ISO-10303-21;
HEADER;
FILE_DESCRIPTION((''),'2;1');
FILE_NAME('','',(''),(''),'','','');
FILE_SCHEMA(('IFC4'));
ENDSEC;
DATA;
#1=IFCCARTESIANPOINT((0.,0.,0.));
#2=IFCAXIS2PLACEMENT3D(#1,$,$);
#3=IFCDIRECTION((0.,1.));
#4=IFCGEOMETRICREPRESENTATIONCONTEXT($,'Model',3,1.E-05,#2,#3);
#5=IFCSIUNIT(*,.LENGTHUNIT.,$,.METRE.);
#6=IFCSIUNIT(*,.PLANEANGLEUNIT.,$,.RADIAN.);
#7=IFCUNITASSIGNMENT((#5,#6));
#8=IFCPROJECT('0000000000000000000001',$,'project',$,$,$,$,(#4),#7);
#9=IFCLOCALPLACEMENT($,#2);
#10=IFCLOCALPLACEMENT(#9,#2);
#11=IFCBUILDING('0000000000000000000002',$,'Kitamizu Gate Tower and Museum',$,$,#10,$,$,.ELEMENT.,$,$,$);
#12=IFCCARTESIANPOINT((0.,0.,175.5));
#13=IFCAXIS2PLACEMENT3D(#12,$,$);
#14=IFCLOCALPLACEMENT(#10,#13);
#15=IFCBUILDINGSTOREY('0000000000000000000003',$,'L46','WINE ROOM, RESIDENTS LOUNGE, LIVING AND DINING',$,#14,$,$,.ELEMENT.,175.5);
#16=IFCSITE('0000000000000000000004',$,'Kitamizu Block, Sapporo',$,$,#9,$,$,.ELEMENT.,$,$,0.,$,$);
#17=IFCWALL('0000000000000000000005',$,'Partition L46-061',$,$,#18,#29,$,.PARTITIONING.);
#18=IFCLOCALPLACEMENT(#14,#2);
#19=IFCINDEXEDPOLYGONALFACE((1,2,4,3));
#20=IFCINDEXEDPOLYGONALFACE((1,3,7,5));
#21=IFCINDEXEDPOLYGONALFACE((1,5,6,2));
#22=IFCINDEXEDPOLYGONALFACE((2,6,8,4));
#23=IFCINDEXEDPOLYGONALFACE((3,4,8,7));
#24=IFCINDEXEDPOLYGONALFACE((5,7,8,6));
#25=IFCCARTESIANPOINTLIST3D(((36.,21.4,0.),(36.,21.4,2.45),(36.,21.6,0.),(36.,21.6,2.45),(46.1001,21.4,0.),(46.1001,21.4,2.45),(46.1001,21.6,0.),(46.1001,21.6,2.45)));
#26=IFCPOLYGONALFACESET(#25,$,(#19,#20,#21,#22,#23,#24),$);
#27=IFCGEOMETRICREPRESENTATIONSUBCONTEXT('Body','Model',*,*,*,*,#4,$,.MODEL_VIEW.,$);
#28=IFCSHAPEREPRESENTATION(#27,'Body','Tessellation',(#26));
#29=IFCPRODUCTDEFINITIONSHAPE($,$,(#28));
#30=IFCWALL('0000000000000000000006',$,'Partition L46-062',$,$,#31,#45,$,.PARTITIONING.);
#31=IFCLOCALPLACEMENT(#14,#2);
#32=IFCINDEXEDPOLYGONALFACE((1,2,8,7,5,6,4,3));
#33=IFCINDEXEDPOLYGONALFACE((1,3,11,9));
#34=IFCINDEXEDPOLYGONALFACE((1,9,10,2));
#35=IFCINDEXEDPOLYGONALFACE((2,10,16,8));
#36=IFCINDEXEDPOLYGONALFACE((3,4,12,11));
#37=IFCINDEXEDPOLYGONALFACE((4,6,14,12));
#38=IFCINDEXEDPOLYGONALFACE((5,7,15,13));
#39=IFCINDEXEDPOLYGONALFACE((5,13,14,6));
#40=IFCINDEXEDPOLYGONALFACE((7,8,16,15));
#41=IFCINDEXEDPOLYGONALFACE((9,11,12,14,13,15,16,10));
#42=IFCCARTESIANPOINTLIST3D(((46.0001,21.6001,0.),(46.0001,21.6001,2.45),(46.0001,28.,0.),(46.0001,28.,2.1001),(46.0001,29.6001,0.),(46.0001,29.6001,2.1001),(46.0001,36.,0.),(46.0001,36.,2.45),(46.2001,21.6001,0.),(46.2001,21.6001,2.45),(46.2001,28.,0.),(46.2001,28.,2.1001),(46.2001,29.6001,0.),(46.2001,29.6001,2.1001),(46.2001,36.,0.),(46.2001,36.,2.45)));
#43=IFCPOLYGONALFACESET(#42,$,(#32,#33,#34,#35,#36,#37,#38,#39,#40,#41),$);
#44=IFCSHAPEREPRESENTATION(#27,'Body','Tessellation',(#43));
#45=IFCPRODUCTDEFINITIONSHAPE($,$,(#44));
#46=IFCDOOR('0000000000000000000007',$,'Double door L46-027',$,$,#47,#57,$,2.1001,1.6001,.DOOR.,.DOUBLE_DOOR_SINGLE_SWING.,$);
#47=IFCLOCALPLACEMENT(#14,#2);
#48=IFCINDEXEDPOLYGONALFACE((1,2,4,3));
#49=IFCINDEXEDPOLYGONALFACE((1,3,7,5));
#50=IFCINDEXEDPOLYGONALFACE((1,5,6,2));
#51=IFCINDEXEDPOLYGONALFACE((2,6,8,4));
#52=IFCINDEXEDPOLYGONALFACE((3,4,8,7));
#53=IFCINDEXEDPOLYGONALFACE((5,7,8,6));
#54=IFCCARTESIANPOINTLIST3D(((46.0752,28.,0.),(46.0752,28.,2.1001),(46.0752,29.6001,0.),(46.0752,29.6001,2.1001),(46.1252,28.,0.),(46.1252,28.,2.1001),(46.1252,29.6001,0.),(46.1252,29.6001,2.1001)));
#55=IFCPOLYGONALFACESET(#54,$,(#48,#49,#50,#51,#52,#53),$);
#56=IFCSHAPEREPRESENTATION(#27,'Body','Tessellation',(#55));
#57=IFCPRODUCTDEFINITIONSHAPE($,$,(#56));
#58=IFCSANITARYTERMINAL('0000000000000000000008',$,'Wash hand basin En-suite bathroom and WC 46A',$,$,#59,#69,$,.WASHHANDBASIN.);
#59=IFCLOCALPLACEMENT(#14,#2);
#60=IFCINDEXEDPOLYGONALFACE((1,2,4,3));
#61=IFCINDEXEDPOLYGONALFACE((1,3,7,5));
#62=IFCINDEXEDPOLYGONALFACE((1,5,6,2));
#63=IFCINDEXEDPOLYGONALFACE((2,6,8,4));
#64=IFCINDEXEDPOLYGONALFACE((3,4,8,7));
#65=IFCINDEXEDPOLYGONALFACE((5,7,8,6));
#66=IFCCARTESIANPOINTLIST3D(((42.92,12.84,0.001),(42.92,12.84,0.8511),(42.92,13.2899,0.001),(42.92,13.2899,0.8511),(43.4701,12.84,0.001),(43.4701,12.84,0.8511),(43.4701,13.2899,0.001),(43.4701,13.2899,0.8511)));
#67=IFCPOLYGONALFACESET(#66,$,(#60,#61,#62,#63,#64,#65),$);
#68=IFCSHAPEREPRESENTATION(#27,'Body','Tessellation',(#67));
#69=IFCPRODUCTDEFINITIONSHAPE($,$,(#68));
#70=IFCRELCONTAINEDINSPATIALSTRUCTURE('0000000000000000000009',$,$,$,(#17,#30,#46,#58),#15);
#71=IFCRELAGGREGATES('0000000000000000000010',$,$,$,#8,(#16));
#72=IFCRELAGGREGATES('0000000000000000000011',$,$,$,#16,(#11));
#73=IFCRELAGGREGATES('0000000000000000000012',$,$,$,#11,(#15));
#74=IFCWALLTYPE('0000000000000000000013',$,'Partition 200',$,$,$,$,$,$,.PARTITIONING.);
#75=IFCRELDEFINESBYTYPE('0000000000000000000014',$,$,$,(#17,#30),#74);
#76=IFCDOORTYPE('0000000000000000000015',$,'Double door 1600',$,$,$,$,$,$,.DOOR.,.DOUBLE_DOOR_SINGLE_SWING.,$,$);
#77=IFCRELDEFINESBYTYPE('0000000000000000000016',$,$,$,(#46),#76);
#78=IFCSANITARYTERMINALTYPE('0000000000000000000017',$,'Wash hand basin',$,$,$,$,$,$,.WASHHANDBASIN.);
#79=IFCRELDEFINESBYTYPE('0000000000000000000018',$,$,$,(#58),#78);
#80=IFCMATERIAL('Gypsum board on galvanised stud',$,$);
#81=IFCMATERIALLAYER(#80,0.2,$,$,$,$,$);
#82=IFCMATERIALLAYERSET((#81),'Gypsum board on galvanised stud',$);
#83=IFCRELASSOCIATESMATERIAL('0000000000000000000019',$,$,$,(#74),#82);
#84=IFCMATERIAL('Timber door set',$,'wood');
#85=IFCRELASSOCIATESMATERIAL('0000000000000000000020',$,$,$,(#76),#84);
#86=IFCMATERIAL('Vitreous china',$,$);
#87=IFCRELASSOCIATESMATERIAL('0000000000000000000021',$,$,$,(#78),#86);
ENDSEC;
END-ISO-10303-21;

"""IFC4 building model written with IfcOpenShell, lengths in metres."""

from ifc_helpers import new_model, si_unit, direction, frame, frame_2d, origin, origin_2d, place, context, subcontext, project, spatial, rectangle, extrude, material, layer, layer_set, type_object, element, fill, save


model = new_model("IFC4")

# Units and contexts
model_context = context("Model", 3, precision=1e-05, world=origin(), true_north=direction((0.0, 1.0)))
body_context = subcontext(model_context, "Body", "Model", "MODEL_VIEW")
ifc_project = project(units=[si_unit("LENGTHUNIT", "METRE"), si_unit("PLANEANGLEUNIT", "RADIAN")], contexts=[model_context])

# Site, building, storey
site_placement = place(None, origin())
site = spatial("IfcSite", under=ifc_project, at=site_placement, Name="Kitamizu Block, Sapporo", CompositionType="ELEMENT", RefElevation=0.0)
building_placement = place(site_placement, origin())
building = spatial("IfcBuilding", under=site, at=building_placement, Name="Kitamizu Gate Tower and Museum", CompositionType="ELEMENT")
storey_placement = place(building_placement, frame((0.0, 0.0, 175.5)))
storey = spatial("IfcBuildingStorey", under=building, at=storey_placement, Name="L46", Description="WINE ROOM, RESIDENTS LOUNGE, LIVING AND DINING", CompositionType="ELEMENT", Elevation=175.5)

# Wall
ifc_material_1 = material(Name="Gypsum board on galvanised stud")
ifc_layer_1 = layer(ifc_material_1, 0.2)
ifc_layer_set_1 = layer_set([ifc_layer_1], Name="Gypsum board on galvanised stud")
wall_type_1 = type_object("IfcWallType", Name="Partition 200", PredefinedType="PARTITIONING", material=ifc_layer_set_1)
wall_1_placement = place(storey_placement, frame((36.0, 21.5, 0.0), z_axis=(0.0, 0.0, 1.0), x_axis=(1.0, 0.0, 0.0)))
element("IfcWall", 1, at=wall_1_placement, inside=storey, type_object=wall_type_1, Name="Partition L46-061", PredefinedType="PARTITIONING", context=body_context, shape_type="SweptSolid", body=[
    extrude(rectangle(XDim=10.1001, YDim=0.2, at=frame_2d((5.05, 0.0))), origin(), (0.0, 0.0, 1.0), 2.45),
])

# Wall, opening, door
wall_2_placement = place(storey_placement, frame((46.1001, 21.6001, 0.0), z_axis=(0.0, 0.0, 1.0), x_axis=(0.0, 1.0, 0.0)))
wall_2 = element("IfcWall", 2, at=wall_2_placement, inside=storey, type_object=wall_type_1, Name="Partition L46-062", PredefinedType="PARTITIONING", context=body_context, shape_type="SweptSolid", body=[
    extrude(rectangle(XDim=14.3999, YDim=0.2, at=frame_2d((7.2, 0.0))), origin(), (0.0, 0.0, 1.0), 2.45),
])
opening_1_placement = place(wall_2_placement, frame((6.3999, 0.0, 0.0)))
opening_1 = element("IfcOpeningElement", 3, at=opening_1_placement, cuts=wall_2, PredefinedType="OPENING", context=body_context, shape_type="SweptSolid", body=[
    extrude(rectangle(XDim=1.6001, YDim=2.1001, at=frame_2d((0.8, 1.05))), frame((0.0, 0.1099, 0.0), z_axis=(0.0, -1.0, 0.0), x_axis=(1.0, 0.0, 0.0)), (0.0, 0.0, 1.0), 0.22),
])
ifc_material_2 = material(Name="Timber door set", Category="wood")
door_type_1 = type_object("IfcDoorType", Name="Double door 1600", OperationType="DOUBLE_DOOR_SINGLE_SWING", PredefinedType="DOOR", material=ifc_material_2)
door_1_placement = place(opening_1_placement, origin())
door_1 = element("IfcDoor", 4, at=door_1_placement, inside=storey, type_object=door_type_1, Name="Double door L46-027", OperationType="DOUBLE_DOOR_SINGLE_SWING", OverallHeight=2.1001, OverallWidth=1.6001, PredefinedType="DOOR", context=body_context, shape_type="SweptSolid", body=[
    extrude(rectangle(XDim=1.6001, YDim=2.1001, at=frame_2d((0.8, 1.05))), frame((0.0, 0.0249, 0.0), z_axis=(0.0, -1.0, 0.0), x_axis=(1.0, 0.0, 0.0)), (0.0, 0.0, 1.0), 0.05),
])
fill(opening_1, door_1)

# Sanitary terminal
ifc_material_3 = material(Name="Vitreous china")
sanitary_terminal_type = type_object("IfcSanitaryTerminalType", Name="Wash hand basin", PredefinedType="WASHHANDBASIN", material=ifc_material_3)
sanitary_terminal_placement = place(storey_placement, frame((43.1951, 13.0649, 0.001), z_axis=(0.0, 0.0, 1.0), x_axis=(1.0, 0.0, 0.0)))
element("IfcSanitaryTerminal", 5, at=sanitary_terminal_placement, inside=storey, type_object=sanitary_terminal_type, Name="Wash hand basin En-suite bathroom and WC 46A", PredefinedType="WASHHANDBASIN", context=body_context, shape_type="SweptSolid", body=[
    extrude(rectangle(XDim=0.55, YDim=0.45, at=origin_2d()), origin(), (0.0, 0.0, 1.0), 0.8501),
])

save(model, "model.ifc")
